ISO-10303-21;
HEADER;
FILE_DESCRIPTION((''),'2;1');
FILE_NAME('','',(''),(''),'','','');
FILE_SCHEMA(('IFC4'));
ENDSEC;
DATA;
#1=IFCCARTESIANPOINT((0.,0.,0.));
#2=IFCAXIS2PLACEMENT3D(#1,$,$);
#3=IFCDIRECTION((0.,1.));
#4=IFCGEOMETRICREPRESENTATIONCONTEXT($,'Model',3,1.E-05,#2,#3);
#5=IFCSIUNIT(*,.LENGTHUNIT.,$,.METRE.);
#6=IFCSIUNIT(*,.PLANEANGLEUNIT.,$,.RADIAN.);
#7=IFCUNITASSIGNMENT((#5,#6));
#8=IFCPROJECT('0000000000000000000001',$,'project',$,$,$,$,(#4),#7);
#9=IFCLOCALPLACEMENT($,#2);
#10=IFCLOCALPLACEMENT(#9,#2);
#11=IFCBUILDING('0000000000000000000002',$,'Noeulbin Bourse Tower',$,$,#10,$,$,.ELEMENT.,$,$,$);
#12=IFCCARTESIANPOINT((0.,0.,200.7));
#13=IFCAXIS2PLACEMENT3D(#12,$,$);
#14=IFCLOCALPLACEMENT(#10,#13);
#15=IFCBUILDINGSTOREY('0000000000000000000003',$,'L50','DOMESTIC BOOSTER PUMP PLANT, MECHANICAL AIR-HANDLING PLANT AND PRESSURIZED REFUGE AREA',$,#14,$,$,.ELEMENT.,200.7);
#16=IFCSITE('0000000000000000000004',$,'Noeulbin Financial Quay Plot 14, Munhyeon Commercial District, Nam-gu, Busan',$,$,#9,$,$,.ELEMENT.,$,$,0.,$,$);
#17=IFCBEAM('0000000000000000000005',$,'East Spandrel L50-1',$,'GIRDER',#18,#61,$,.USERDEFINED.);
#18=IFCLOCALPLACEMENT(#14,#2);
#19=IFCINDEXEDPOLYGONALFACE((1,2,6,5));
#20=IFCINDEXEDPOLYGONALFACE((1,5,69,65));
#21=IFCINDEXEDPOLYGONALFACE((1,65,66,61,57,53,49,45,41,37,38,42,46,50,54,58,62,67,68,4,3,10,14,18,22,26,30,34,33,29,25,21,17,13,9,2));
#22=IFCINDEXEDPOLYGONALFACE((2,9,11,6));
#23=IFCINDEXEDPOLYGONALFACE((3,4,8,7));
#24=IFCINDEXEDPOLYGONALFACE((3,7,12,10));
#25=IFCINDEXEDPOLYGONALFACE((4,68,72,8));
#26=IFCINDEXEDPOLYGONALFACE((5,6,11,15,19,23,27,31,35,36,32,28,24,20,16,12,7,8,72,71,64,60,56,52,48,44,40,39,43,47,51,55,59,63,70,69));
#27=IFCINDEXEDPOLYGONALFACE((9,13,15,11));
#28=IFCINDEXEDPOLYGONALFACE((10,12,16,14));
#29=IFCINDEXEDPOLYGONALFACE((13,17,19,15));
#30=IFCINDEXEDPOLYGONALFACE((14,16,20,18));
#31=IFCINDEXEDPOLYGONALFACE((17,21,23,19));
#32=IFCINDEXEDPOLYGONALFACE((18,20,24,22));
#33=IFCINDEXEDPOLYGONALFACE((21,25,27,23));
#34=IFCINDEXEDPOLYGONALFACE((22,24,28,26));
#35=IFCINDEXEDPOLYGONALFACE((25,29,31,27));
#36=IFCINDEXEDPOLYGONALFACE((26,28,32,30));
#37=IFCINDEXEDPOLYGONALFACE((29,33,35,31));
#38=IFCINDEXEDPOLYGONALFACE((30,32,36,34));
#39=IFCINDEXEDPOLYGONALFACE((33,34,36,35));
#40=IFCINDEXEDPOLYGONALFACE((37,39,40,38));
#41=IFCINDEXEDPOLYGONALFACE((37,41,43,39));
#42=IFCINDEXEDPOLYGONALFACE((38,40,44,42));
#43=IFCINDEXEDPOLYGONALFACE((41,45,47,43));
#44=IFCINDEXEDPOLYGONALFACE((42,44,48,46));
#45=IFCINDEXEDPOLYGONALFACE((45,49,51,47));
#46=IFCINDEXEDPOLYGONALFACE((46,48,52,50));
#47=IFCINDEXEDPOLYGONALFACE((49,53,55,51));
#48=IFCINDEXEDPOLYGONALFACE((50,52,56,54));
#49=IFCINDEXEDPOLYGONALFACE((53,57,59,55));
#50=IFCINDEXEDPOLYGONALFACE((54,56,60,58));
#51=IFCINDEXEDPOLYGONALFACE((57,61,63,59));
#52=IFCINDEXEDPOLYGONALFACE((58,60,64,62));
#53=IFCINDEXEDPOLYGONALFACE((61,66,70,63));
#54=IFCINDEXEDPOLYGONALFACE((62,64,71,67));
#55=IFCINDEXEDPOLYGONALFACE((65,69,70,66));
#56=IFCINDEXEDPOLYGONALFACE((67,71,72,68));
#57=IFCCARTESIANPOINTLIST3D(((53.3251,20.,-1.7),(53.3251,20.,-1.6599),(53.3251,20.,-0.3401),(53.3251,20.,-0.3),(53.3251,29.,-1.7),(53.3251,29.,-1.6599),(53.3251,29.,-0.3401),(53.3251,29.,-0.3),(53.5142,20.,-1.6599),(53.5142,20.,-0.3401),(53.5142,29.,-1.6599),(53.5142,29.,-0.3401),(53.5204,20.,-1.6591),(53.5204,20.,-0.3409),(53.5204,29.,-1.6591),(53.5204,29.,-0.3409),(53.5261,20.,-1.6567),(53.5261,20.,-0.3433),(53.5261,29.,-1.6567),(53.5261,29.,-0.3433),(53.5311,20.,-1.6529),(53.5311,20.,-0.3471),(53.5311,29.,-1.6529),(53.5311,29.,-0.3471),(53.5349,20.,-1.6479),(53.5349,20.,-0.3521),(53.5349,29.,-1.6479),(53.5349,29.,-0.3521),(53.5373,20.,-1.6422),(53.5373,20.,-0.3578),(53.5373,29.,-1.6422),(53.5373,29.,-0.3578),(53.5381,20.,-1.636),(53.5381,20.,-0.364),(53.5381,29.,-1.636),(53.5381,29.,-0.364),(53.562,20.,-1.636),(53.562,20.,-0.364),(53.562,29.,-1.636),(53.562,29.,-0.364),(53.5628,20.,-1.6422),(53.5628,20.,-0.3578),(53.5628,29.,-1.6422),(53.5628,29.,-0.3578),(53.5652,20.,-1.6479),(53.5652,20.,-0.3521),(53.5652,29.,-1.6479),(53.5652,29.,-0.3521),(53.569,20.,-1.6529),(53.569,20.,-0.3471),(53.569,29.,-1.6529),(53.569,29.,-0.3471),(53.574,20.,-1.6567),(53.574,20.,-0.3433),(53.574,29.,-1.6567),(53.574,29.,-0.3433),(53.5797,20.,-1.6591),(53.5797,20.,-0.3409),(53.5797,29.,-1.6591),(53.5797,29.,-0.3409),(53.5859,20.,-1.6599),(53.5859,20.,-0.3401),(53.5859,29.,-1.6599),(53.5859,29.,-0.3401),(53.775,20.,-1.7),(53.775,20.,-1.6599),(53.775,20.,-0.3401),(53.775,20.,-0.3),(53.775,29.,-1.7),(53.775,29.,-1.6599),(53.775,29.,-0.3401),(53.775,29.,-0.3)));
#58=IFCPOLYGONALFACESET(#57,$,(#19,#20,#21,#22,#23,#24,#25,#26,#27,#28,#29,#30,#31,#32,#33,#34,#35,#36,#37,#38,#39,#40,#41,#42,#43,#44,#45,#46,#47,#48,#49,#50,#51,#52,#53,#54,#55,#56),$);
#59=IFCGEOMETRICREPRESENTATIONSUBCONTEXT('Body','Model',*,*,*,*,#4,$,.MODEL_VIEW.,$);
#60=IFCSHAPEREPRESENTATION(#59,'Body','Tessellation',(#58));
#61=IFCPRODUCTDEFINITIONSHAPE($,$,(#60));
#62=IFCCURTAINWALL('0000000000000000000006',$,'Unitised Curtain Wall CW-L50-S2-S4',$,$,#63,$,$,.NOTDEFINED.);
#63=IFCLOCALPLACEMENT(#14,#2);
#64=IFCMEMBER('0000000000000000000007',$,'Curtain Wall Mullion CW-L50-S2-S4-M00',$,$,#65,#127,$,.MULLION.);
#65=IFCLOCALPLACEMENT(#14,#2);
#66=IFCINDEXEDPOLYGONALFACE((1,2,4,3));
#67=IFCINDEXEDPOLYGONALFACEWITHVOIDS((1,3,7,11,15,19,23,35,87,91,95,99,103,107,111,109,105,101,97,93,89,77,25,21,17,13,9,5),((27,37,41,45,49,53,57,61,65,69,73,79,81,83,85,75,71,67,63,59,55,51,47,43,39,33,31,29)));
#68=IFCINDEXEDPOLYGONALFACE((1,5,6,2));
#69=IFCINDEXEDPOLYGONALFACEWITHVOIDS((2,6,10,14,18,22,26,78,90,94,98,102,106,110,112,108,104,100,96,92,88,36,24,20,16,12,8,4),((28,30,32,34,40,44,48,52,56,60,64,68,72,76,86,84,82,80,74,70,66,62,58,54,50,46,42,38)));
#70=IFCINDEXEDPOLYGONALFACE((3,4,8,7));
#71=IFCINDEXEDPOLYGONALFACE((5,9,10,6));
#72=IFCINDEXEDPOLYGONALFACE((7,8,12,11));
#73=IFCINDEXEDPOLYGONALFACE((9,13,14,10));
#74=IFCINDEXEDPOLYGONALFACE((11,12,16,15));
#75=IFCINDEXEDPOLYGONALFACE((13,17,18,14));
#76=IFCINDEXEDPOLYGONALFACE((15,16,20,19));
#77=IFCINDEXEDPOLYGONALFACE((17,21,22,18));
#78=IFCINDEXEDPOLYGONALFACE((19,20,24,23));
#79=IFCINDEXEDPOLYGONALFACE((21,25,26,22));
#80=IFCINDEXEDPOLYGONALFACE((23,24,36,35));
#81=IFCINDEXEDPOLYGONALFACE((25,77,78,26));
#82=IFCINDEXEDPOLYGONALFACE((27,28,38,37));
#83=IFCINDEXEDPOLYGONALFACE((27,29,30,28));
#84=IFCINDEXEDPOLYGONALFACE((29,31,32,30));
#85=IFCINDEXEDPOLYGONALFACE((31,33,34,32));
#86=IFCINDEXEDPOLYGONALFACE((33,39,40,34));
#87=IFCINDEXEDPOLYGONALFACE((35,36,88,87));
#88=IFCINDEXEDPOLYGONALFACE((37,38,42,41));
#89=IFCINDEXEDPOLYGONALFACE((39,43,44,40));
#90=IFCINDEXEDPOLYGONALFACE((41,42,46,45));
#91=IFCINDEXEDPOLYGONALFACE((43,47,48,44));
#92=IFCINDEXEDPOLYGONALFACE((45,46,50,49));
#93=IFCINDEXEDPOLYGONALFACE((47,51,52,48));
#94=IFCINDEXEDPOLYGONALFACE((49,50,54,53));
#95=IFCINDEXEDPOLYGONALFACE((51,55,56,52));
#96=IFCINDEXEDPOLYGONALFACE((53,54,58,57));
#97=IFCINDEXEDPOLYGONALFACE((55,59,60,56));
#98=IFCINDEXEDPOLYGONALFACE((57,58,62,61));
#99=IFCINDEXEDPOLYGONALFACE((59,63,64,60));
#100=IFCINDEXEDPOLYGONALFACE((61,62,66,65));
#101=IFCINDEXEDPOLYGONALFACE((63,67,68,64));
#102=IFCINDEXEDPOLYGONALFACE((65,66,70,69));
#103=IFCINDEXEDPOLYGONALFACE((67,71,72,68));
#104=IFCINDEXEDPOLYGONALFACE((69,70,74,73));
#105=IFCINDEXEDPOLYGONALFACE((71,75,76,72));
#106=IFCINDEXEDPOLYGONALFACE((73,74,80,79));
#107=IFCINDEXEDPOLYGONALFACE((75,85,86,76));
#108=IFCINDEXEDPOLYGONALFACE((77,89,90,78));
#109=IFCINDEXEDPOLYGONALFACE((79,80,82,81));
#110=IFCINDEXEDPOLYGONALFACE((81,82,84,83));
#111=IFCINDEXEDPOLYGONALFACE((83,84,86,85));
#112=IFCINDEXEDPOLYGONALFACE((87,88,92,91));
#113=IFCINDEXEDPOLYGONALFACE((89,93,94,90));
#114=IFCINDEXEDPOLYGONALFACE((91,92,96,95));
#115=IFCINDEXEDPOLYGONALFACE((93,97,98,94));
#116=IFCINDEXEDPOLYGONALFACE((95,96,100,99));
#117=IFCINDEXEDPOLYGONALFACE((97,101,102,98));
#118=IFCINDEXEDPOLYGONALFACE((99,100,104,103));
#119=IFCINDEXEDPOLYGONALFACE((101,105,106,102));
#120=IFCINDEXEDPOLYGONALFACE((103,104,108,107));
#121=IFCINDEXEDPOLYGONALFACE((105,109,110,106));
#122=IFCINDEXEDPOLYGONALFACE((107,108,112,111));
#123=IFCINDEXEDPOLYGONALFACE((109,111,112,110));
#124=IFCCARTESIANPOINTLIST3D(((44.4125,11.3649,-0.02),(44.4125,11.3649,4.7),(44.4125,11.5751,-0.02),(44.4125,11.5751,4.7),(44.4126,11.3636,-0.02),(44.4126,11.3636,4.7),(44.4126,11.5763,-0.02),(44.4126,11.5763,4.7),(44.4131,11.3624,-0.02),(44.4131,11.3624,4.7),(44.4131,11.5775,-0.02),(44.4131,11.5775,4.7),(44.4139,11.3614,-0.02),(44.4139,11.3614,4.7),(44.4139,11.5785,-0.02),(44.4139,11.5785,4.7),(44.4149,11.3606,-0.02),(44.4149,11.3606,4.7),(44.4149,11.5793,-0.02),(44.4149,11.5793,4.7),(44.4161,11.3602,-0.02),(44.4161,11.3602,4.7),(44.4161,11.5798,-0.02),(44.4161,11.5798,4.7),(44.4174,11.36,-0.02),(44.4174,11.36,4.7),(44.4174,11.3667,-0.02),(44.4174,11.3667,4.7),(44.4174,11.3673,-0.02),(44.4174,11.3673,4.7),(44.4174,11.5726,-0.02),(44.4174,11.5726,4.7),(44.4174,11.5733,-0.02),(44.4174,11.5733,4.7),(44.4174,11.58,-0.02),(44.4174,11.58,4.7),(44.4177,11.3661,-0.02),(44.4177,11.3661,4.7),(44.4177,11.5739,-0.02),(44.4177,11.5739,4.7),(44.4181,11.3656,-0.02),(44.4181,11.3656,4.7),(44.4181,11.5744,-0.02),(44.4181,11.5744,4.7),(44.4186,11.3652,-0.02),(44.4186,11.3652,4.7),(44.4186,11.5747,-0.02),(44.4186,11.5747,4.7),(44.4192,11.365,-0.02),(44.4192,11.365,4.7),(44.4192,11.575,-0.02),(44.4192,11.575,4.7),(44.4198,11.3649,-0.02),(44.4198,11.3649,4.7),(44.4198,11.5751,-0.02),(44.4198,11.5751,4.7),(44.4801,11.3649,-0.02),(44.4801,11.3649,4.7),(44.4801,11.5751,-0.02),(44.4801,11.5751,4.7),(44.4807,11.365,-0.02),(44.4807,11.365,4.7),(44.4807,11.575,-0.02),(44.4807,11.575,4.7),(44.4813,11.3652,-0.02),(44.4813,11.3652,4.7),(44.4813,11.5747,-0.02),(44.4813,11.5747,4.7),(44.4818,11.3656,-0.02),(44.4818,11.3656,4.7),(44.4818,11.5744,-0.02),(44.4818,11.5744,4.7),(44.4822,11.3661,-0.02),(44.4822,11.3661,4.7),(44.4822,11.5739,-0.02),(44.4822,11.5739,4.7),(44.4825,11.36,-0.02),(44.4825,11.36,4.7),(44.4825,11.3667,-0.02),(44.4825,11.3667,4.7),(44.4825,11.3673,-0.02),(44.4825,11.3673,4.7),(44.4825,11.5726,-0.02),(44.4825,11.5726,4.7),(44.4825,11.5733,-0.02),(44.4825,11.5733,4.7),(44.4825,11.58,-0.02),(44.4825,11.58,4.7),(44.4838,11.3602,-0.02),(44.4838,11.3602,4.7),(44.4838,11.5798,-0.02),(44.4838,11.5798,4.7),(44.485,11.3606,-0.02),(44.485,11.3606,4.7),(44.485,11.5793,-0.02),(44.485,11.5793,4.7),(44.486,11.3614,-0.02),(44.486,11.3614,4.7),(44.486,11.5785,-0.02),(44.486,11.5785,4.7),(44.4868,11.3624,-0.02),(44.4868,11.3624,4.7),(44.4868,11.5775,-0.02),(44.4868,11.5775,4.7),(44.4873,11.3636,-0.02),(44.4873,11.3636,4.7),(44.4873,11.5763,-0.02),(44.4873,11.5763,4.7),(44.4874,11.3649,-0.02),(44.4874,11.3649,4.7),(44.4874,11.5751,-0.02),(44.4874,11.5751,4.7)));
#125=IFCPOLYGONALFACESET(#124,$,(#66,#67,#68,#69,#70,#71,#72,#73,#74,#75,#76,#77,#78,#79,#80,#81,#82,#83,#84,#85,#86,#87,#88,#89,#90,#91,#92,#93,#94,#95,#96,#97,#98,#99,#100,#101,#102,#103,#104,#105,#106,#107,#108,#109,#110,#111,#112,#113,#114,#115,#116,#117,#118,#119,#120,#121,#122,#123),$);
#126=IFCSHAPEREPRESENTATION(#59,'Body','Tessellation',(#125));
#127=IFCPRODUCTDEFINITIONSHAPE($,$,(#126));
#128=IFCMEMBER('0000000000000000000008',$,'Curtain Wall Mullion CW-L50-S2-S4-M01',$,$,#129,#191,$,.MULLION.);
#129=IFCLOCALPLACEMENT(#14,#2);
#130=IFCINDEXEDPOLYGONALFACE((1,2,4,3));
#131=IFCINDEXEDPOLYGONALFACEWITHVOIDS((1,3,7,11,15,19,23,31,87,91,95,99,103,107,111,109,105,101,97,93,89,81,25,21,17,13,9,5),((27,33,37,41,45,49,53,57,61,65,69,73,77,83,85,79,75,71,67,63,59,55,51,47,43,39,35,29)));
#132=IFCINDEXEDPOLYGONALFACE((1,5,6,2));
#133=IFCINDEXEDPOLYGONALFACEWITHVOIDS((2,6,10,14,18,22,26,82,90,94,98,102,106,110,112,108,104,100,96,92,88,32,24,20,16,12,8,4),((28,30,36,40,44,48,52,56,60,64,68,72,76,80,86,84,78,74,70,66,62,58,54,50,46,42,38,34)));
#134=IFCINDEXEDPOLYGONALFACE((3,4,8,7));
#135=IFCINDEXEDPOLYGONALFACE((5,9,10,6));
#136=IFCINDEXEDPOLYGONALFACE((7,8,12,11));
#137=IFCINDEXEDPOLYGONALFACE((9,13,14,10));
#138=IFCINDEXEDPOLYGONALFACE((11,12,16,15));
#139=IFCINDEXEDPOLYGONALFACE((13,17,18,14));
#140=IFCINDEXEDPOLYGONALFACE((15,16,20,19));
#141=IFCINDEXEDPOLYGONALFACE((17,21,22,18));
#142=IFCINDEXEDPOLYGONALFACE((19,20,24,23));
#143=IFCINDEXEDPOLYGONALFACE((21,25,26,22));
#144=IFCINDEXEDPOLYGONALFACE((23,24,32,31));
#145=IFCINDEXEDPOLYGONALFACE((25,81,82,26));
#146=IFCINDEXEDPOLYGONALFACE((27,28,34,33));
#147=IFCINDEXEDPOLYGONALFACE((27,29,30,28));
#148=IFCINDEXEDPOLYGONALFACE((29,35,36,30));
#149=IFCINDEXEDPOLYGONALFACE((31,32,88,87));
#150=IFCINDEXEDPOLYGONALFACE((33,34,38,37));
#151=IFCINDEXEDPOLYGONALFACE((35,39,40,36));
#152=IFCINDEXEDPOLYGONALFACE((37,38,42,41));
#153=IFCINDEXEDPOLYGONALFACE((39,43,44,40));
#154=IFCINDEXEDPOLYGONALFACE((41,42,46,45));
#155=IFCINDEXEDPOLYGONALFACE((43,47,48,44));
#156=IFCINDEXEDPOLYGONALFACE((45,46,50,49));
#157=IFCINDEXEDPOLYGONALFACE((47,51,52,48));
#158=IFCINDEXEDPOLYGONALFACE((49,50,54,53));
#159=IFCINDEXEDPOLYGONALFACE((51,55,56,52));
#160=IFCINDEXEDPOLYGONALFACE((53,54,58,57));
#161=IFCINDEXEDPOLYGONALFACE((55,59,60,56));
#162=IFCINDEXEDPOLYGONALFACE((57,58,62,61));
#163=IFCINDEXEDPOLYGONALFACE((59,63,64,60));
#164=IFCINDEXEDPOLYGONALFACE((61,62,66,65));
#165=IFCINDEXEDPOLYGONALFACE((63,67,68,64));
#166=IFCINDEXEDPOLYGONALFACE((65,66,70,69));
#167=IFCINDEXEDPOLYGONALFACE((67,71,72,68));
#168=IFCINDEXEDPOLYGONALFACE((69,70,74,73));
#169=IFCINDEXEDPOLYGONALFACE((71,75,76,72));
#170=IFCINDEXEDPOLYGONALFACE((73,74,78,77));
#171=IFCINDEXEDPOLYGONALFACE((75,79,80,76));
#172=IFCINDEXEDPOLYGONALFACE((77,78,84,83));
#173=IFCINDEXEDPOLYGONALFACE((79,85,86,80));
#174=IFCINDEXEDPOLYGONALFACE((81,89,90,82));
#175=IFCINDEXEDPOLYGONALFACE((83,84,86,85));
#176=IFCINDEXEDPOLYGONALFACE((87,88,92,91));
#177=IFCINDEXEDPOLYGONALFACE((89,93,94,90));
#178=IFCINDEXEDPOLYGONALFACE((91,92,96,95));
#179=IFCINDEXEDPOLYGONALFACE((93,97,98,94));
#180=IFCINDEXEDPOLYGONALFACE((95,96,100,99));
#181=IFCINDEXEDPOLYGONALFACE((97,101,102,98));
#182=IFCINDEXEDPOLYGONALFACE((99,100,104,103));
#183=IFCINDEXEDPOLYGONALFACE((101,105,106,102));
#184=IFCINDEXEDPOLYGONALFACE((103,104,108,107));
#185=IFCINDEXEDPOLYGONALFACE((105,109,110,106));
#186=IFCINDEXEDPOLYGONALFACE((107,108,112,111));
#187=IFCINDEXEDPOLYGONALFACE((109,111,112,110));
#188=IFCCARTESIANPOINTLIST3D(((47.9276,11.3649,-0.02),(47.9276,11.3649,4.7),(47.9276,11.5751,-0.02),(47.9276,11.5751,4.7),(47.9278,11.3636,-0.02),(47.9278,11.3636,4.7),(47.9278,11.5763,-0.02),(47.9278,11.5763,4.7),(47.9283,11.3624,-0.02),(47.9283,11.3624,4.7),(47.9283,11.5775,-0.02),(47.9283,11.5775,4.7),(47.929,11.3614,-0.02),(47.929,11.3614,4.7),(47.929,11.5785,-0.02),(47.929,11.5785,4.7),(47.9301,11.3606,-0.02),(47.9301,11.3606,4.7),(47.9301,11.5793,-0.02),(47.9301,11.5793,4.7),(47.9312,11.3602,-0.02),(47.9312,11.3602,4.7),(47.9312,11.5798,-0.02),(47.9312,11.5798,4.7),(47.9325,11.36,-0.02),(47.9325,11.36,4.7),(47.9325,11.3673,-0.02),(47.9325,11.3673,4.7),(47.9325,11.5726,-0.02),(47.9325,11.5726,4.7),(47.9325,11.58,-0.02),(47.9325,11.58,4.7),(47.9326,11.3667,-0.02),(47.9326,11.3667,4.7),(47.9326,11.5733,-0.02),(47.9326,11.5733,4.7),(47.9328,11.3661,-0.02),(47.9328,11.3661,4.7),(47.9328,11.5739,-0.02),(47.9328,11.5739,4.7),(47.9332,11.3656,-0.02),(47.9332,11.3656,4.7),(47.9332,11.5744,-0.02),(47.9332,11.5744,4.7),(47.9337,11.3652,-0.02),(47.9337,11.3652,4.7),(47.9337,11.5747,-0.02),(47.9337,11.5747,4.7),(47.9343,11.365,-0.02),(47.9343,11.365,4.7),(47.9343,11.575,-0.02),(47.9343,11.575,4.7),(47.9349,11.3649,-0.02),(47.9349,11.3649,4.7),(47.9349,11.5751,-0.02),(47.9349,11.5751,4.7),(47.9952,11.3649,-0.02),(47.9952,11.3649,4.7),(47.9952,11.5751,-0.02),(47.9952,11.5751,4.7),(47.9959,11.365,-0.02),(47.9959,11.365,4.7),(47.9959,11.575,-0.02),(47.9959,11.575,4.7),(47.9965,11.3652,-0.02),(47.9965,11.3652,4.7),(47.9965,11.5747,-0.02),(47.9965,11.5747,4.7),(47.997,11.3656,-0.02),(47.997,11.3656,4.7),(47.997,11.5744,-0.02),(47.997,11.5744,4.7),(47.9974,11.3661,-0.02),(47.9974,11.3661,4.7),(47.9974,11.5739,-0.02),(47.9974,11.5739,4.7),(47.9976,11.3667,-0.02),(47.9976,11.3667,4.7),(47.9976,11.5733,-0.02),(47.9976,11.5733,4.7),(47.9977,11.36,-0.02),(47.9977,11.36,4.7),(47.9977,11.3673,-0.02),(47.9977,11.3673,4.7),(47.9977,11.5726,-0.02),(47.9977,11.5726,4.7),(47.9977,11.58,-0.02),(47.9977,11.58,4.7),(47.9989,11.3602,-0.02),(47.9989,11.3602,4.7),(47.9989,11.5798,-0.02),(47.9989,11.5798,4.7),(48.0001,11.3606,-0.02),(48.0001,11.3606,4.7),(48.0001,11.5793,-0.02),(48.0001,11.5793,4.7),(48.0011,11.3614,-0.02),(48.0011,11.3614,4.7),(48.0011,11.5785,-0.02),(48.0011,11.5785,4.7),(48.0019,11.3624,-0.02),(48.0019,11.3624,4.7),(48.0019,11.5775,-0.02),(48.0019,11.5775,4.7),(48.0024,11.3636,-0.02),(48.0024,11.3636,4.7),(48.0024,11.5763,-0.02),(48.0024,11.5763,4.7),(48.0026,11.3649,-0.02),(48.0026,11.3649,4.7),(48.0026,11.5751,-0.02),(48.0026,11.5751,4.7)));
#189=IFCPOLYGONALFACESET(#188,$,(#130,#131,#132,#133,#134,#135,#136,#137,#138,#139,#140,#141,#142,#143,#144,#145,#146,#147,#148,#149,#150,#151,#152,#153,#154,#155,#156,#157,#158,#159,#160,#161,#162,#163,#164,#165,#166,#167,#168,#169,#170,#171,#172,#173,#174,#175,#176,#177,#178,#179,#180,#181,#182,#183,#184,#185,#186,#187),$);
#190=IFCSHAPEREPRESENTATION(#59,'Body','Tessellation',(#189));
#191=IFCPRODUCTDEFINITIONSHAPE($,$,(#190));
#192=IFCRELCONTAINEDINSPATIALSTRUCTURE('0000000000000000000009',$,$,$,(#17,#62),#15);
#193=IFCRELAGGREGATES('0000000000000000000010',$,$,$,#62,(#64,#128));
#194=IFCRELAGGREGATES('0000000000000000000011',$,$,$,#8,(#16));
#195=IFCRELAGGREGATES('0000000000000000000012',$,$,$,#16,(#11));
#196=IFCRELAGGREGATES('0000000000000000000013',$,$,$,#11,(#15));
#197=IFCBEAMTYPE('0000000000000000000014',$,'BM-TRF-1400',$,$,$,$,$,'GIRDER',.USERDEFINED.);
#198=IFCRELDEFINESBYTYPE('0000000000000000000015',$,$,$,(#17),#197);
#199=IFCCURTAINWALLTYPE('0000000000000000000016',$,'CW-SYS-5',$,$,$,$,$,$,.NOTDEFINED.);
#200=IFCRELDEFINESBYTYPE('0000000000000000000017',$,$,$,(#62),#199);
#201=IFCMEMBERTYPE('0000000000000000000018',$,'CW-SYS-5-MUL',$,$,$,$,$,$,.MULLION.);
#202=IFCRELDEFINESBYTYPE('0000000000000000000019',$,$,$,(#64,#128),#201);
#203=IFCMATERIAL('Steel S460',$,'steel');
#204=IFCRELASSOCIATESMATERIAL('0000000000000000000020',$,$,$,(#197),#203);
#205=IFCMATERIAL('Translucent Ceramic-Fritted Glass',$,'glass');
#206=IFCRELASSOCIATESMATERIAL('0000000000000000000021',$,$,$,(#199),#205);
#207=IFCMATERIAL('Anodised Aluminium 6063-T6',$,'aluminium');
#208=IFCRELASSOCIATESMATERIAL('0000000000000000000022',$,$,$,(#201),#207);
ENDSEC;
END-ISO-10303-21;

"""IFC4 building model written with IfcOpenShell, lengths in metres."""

from ifc_helpers import new_model, si_unit, direction, frame, origin, origin_2d, place, context, subcontext, project, spatial, hollow_rectangle, i_section, extrude, material, material_profile, profile_set, type_object, element, aggregate, save


model = new_model("IFC4")

# Units and contexts
model_context = context("Model", 3, precision=1e-05, world=origin(), true_north=direction((0.0, 1.0)))
body_context = subcontext(model_context, "Body", "Model", "MODEL_VIEW")
ifc_project = project(units=[si_unit("LENGTHUNIT", "METRE"), si_unit("PLANEANGLEUNIT", "RADIAN")], contexts=[model_context])

# Site, building, storey
site_placement = place(None, origin())
site = spatial("IfcSite", under=ifc_project, at=site_placement, Name="Noeulbin Financial Quay Plot 14, Munhyeon Commercial District, Nam-gu, Busan", CompositionType="ELEMENT", RefElevation=0.0)
building_placement = place(site_placement, origin())
building = spatial("IfcBuilding", under=site, at=building_placement, Name="Noeulbin Bourse Tower", CompositionType="ELEMENT")
storey_placement = place(building_placement, frame((0.0, 0.0, 200.7)))
storey = spatial("IfcBuildingStorey", under=building, at=storey_placement, Name="L50", Description="DOMESTIC BOOSTER PUMP PLANT, MECHANICAL AIR-HANDLING PLANT AND PRESSURIZED REFUGE AREA", CompositionType="ELEMENT", Elevation=200.7)

# Beam
ifc_material_1 = material(Name="Steel S460", Category="steel")
ifc_material_profile_1 = material_profile(ifc_material_1, i_section(OverallWidth=0.45, OverallDepth=1.3999, WebThickness=0.0239, FlangeThickness=0.04, FilletRadius=0.0239, at=origin_2d()), Name="PG-1400x450x24x40", Category="LoadBearing")
ifc_profile_set_1 = profile_set([ifc_material_profile_1], Name="Steel S460")
beam_type = type_object("IfcBeamType", Name="BM-TRF-1400", ElementType="GIRDER", PredefinedType="USERDEFINED", material=ifc_profile_set_1)
for number, where, z_axis, x_axis, name in (
    (1, (53.55, 20.0, -1.0), (0.0, 1.0, 0.0), (-1.0, 0.0, 0.0), "East Spandrel L50-1"),
):
    element("IfcBeam", number, at=place(storey_placement, frame(where, z_axis=z_axis, x_axis=x_axis)), inside=storey, type_object=beam_type, Name=name, ObjectType="GIRDER", PredefinedType="USERDEFINED", context=body_context, shape_type="SweptSolid", body=[
        extrude(i_section(OverallWidth=0.45, OverallDepth=1.3999, WebThickness=0.0239, FlangeThickness=0.04, FilletRadius=0.0239, at=origin_2d()), origin(), (0.0, 0.0, 1.0), 9.0),
    ])

# Curtain wall, members
ifc_material_2 = material(Name="Translucent Ceramic-Fritted Glass", Category="glass")
curtain_wall_type = type_object("IfcCurtainWallType", Name="CW-SYS-5", PredefinedType="NOTDEFINED", material=ifc_material_2)
curtain_wall_1_placement = place(storey_placement, origin())
curtain_wall_1 = element("IfcCurtainWall", 2, at=curtain_wall_1_placement, inside=storey, type_object=curtain_wall_type, Name="Unitised Curtain Wall CW-L50-S2-S4", PredefinedType="NOTDEFINED")
ifc_material_3 = material(Name="Anodised Aluminium 6063-T6", Category="aluminium")
ifc_material_profile_2 = material_profile(ifc_material_3, hollow_rectangle(XDim=0.075, YDim=0.22, WallThickness=0.0049, InnerFilletRadius=0.0024, OuterFilletRadius=0.0049, at=origin_2d()), Name="ALU-MULL-75x220x5", Category="LoadBearing")
ifc_profile_set_2 = profile_set([ifc_material_profile_2], Name="Anodised Aluminium 6063-T6")
member_type_1 = type_object("IfcMemberType", Name="CW-SYS-5-MUL", PredefinedType="MULLION", material=ifc_profile_set_2)
member_1_placement = place(storey_placement, frame((44.45, 11.47, -0.02), z_axis=(0.0, 0.0, 1.0), x_axis=(1.0, 0.0, 0.0)))
member_1 = element("IfcMember", 3, at=member_1_placement, type_object=member_type_1, Name="Curtain Wall Mullion CW-L50-S2-S4-M00", PredefinedType="MULLION", context=body_context, shape_type="SweptSolid", body=[
    extrude(hollow_rectangle(XDim=0.075, YDim=0.22, WallThickness=0.0049, InnerFilletRadius=0.0024, OuterFilletRadius=0.0049, at=origin_2d()), origin(), (0.0, 0.0, 1.0), 4.72),
])
member_2_placement = place(storey_placement, frame((47.9651, 11.47, -0.02), z_axis=(0.0, 0.0, 1.0), x_axis=(1.0, 0.0, 0.0)))
member_2 = element("IfcMember", 4, at=member_2_placement, type_object=member_type_1, Name="Curtain Wall Mullion CW-L50-S2-S4-M01", PredefinedType="MULLION", context=body_context, shape_type="SweptSolid", body=[
    extrude(hollow_rectangle(XDim=0.075, YDim=0.22, WallThickness=0.0049, InnerFilletRadius=0.0024, OuterFilletRadius=0.0049, at=origin_2d()), origin(), (0.0, 0.0, 1.0), 4.72),
])

aggregate(curtain_wall_1, [member_1, member_2])

save(model, "model.ifc")
